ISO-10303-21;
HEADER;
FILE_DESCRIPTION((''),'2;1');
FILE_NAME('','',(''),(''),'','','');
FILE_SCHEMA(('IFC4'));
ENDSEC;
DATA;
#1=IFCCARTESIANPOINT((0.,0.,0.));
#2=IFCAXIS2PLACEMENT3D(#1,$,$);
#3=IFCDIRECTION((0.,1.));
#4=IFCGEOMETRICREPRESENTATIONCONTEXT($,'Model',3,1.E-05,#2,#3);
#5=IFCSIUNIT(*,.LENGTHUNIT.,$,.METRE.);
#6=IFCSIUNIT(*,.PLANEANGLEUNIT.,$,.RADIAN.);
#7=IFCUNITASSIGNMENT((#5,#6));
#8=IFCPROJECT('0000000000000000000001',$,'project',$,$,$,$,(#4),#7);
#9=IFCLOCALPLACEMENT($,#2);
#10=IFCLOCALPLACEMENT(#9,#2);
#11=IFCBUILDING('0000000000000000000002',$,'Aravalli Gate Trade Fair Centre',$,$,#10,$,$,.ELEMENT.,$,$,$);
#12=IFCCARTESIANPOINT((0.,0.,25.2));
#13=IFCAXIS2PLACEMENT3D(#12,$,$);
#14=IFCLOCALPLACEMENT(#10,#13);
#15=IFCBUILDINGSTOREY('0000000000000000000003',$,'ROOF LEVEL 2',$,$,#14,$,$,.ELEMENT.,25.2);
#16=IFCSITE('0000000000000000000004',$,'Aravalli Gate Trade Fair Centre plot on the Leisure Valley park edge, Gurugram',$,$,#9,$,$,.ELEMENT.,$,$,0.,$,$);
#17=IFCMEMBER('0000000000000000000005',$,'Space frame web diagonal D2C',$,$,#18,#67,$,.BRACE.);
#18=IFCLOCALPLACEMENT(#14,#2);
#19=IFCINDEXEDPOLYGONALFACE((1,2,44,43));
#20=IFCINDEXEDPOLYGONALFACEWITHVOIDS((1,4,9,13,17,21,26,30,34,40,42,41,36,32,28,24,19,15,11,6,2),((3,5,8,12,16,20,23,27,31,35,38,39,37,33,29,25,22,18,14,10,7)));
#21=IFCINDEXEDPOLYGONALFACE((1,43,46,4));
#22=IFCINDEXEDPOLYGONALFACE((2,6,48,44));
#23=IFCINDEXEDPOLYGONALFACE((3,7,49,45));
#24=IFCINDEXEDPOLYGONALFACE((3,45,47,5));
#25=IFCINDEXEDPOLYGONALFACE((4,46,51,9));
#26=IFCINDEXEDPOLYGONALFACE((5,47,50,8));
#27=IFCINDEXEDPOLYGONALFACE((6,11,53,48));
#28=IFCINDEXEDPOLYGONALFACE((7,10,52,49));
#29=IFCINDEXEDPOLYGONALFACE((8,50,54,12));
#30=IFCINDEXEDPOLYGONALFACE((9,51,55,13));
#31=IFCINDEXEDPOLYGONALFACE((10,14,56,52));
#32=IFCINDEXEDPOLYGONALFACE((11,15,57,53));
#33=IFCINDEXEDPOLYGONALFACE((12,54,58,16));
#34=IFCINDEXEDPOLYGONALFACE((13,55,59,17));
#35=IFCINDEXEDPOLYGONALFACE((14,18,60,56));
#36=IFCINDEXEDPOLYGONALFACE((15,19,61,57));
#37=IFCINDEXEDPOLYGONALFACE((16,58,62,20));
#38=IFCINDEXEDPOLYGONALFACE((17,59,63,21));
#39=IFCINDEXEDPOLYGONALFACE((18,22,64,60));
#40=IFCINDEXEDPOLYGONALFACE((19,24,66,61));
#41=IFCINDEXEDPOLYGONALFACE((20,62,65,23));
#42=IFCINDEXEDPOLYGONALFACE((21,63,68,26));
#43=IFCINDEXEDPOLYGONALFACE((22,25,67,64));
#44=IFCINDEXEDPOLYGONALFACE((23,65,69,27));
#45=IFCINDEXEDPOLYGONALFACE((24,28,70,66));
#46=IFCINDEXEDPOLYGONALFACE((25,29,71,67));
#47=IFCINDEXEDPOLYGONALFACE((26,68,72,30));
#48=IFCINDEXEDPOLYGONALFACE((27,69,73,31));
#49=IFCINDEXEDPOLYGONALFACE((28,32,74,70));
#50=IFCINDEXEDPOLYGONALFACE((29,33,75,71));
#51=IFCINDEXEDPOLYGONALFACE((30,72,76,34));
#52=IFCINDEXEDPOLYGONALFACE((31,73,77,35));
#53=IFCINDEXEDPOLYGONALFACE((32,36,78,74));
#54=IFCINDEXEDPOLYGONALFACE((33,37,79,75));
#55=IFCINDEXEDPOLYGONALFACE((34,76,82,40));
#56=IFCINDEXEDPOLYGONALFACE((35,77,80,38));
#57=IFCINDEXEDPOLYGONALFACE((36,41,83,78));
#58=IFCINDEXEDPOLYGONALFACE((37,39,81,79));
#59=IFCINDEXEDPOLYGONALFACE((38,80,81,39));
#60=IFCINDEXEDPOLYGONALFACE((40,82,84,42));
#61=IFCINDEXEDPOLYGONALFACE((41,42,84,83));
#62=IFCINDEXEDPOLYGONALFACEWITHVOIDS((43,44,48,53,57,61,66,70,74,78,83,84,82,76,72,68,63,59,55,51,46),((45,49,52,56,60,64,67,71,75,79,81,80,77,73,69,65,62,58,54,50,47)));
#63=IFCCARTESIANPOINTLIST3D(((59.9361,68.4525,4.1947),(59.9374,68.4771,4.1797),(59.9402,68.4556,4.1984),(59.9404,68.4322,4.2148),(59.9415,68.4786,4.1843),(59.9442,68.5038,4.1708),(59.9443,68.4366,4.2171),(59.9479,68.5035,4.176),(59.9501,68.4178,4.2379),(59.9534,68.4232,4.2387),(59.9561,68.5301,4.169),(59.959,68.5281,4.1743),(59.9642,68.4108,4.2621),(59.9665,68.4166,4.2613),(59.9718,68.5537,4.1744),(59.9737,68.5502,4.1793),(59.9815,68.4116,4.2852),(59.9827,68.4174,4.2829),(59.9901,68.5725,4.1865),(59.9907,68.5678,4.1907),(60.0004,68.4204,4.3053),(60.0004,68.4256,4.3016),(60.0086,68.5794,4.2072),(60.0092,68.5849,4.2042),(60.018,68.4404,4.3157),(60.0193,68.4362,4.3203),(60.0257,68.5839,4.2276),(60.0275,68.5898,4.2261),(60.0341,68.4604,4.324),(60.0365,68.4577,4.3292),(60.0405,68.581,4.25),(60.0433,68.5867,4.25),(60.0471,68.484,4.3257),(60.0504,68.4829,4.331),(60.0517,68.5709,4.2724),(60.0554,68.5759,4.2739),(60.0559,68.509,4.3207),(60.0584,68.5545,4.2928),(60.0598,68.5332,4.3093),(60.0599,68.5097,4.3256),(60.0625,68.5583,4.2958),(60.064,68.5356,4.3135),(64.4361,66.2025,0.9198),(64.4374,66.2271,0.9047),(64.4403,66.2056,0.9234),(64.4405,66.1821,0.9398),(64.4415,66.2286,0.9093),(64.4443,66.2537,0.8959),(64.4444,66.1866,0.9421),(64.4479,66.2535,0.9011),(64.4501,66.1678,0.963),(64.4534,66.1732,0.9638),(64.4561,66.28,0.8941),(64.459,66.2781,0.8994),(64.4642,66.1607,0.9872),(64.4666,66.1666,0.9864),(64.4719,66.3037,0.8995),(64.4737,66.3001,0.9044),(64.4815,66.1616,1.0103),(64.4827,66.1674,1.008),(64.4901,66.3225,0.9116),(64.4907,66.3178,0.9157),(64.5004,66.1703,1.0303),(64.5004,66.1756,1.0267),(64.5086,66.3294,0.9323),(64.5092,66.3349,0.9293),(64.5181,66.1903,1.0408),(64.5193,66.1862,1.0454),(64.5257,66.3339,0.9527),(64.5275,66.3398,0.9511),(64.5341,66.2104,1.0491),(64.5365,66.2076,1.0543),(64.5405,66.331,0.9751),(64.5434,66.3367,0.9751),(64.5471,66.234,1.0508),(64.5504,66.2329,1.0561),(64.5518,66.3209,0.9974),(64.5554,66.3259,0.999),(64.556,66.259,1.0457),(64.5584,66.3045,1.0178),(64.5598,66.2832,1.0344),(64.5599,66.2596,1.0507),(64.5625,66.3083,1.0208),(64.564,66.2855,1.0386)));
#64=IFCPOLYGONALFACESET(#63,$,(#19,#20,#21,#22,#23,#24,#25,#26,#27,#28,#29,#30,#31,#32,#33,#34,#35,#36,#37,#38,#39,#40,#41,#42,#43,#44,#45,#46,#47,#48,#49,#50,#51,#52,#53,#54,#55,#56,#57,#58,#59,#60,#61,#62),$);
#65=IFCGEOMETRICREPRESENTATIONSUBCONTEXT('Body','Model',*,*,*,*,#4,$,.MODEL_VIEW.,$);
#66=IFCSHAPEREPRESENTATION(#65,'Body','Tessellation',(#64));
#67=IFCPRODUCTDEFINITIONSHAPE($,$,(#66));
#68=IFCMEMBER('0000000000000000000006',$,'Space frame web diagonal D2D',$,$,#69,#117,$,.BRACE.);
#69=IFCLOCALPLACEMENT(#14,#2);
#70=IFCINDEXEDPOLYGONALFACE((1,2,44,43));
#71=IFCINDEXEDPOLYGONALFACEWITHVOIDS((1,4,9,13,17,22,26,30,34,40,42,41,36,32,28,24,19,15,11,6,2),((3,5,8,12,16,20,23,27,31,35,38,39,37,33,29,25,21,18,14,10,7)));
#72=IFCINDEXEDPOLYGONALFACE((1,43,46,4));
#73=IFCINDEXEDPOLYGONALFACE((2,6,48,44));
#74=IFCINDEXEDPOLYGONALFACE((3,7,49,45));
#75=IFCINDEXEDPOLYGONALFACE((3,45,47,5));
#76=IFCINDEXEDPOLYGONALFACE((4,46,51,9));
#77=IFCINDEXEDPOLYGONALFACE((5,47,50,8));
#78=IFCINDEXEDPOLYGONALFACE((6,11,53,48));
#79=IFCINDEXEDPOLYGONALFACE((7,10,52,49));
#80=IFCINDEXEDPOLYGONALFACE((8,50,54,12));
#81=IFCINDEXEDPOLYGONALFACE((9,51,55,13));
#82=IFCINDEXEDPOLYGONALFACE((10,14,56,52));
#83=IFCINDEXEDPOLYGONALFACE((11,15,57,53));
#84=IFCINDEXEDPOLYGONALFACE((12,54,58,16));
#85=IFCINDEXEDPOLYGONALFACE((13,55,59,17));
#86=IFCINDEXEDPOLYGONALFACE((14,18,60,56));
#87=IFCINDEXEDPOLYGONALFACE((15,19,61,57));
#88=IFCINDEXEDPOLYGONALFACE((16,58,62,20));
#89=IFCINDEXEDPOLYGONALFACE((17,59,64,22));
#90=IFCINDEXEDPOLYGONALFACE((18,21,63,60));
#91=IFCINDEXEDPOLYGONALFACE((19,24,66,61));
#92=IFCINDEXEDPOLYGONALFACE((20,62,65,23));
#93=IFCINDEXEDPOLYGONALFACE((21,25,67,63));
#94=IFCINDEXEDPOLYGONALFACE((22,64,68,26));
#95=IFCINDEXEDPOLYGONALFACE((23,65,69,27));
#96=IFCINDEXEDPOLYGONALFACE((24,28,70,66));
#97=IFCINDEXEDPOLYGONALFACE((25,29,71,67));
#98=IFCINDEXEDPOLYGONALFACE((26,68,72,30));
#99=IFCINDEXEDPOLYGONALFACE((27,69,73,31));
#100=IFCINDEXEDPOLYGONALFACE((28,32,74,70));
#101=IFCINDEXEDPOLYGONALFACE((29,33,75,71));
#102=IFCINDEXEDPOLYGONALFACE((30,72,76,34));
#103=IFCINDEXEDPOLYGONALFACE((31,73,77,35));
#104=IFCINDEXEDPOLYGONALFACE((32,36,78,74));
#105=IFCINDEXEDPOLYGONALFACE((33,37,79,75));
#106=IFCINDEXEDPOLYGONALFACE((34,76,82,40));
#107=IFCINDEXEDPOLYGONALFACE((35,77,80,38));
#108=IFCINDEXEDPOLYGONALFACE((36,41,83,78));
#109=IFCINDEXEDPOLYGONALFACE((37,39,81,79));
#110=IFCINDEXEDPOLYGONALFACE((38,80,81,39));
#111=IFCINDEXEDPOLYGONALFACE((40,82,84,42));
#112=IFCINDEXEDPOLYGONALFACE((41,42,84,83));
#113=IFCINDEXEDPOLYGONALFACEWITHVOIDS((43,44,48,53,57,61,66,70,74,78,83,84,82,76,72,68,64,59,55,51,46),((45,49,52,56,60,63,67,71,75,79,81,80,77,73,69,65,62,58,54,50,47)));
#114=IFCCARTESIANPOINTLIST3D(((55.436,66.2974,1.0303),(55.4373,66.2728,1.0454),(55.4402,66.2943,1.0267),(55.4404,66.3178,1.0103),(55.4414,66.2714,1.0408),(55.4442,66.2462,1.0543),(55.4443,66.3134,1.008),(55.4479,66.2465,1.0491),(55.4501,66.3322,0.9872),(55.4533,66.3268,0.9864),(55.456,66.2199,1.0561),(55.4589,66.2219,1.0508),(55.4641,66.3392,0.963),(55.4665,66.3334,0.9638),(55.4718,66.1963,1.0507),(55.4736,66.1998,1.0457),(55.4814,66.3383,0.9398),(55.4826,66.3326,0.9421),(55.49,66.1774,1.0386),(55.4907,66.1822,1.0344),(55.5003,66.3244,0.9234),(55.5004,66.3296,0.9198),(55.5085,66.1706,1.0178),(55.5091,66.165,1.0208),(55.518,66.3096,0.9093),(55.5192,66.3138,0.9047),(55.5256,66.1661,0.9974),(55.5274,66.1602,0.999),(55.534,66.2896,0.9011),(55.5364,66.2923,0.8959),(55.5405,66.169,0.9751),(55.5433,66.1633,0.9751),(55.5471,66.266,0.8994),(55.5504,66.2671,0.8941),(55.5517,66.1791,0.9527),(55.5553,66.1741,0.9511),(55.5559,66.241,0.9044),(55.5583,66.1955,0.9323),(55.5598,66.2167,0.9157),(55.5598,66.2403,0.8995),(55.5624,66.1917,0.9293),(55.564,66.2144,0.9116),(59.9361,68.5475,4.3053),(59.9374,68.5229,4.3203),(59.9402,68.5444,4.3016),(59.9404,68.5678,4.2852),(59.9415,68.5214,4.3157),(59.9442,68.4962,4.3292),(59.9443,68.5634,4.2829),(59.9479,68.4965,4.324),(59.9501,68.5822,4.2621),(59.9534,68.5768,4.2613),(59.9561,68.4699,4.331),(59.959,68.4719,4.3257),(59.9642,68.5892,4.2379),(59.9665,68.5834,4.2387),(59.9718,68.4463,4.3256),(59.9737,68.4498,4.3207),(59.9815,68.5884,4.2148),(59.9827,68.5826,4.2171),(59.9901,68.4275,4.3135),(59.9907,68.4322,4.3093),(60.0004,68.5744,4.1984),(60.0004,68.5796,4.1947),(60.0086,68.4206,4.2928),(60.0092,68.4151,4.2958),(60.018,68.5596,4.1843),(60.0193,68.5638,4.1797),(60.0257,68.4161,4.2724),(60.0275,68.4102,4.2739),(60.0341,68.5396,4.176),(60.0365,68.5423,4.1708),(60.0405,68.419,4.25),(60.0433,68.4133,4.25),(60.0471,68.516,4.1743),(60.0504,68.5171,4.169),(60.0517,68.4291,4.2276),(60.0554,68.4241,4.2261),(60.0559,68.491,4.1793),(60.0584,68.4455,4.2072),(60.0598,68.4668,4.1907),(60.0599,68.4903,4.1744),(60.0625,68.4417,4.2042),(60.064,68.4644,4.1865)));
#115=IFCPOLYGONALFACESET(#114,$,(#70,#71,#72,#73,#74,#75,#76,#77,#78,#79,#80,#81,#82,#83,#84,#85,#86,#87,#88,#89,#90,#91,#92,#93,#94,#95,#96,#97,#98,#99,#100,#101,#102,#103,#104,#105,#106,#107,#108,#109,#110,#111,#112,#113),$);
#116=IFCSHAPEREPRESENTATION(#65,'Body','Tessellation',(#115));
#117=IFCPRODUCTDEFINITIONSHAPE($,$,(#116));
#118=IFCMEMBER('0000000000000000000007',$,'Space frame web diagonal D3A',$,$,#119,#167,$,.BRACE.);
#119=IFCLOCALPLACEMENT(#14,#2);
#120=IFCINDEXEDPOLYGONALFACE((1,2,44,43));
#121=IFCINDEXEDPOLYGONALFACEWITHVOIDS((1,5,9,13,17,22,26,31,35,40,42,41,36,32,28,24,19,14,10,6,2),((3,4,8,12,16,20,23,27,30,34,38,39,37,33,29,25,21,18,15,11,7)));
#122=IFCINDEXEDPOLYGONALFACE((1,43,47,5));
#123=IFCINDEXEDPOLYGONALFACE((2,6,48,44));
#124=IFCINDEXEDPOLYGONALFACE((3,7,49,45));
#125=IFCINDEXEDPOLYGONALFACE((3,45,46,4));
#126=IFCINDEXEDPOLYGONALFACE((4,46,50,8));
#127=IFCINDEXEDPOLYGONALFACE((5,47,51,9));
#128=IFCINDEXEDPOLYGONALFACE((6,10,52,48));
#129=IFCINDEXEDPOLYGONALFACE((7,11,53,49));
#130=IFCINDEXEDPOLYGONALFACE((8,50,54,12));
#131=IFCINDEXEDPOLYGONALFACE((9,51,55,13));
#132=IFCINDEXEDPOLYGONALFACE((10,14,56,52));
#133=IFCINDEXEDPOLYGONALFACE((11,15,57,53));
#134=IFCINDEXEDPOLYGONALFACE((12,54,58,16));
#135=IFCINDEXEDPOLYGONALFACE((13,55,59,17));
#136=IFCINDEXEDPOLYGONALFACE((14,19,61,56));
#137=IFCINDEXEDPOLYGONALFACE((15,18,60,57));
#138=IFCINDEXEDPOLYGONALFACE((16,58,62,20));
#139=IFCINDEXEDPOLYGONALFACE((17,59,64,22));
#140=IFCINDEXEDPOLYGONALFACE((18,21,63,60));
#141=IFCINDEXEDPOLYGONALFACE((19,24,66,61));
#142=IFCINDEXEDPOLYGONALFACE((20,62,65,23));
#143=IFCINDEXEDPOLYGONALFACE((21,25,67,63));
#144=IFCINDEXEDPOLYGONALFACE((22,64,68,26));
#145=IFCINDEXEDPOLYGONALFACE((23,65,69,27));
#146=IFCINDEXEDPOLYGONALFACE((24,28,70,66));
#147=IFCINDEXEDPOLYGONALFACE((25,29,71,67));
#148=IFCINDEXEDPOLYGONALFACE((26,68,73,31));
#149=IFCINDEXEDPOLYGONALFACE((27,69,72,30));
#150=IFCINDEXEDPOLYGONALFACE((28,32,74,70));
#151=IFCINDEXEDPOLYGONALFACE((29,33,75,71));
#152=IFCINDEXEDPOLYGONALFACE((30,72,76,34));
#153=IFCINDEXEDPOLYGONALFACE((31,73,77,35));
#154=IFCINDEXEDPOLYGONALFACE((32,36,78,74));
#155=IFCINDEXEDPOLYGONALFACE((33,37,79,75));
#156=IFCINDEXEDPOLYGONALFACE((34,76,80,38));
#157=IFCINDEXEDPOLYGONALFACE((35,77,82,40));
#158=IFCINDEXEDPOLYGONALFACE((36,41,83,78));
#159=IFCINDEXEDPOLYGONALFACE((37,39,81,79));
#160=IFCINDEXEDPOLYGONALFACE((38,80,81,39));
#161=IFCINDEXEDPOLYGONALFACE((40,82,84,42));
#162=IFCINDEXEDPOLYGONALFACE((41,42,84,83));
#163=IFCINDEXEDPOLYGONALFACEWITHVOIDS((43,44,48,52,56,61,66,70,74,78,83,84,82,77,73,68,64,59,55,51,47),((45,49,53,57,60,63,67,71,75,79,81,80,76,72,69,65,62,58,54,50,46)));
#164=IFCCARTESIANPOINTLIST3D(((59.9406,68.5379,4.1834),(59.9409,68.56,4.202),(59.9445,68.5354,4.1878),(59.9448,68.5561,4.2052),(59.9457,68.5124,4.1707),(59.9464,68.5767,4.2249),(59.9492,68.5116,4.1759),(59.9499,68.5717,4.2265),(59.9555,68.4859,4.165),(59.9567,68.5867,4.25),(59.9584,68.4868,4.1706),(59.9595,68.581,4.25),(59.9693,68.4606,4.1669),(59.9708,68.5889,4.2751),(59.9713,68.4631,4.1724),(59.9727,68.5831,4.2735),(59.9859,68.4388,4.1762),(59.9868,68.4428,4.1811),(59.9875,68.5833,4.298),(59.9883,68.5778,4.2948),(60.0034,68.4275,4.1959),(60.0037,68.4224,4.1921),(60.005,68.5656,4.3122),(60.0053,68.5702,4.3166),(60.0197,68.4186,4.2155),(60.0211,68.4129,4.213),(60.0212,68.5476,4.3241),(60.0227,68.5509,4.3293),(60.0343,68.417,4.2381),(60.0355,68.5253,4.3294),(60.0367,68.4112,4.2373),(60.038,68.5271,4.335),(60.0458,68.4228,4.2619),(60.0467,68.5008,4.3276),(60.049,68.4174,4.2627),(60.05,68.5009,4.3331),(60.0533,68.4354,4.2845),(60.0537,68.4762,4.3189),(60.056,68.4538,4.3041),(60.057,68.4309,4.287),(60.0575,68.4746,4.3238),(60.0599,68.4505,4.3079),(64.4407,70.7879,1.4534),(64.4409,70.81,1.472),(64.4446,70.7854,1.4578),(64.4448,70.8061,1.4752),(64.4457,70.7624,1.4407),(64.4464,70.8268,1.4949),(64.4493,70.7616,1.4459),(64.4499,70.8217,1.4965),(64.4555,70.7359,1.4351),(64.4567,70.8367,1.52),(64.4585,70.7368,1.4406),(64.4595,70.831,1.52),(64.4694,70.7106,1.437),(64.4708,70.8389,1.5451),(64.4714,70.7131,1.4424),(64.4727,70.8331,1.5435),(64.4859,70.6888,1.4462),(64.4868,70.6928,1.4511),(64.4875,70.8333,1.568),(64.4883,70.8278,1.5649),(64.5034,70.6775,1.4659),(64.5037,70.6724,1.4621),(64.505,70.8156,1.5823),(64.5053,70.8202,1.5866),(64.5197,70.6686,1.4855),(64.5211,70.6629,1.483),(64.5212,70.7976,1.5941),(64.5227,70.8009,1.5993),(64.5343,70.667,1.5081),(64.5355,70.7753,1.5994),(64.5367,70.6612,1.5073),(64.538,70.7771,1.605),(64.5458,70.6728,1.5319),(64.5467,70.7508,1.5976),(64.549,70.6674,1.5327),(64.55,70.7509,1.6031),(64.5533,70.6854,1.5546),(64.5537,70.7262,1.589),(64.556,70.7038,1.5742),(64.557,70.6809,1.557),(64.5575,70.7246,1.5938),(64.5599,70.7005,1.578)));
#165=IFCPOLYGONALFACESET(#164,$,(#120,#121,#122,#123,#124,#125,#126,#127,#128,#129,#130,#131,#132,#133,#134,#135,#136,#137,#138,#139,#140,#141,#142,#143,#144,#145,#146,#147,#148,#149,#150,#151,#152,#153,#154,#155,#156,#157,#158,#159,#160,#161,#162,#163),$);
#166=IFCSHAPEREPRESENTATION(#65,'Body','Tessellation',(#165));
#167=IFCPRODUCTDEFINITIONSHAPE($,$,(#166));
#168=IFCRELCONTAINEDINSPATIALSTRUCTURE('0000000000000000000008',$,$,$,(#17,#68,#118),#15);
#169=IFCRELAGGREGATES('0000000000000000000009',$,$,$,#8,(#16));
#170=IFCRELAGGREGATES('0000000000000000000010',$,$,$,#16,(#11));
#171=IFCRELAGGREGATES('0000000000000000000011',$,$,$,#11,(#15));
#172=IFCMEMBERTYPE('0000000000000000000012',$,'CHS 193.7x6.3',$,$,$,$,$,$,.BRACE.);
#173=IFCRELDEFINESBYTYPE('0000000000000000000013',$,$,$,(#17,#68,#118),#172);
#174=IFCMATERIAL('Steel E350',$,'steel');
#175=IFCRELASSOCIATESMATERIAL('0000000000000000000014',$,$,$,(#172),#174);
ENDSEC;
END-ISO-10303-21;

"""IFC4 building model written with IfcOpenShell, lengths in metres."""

from ifc_helpers import new_model, si_unit, direction, frame, origin, origin_2d, place, context, subcontext, project, spatial, hollow_circle, extrude, material, material_profile, profile_set, type_object, element, save


model = new_model("IFC4")

# Units and contexts
model_context = context("Model", 3, precision=1e-05, world=origin(), true_north=direction((0.0, 1.0)))
body_context = subcontext(model_context, "Body", "Model", "MODEL_VIEW")
ifc_project = project(units=[si_unit("LENGTHUNIT", "METRE"), si_unit("PLANEANGLEUNIT", "RADIAN")], contexts=[model_context])

# Site, building, storey
site_placement = place(None, origin())
site = spatial("IfcSite", under=ifc_project, at=site_placement, Name="Aravalli Gate Trade Fair Centre plot on the Leisure Valley park edge, Gurugram", CompositionType="ELEMENT", RefElevation=0.0)
building_placement = place(site_placement, origin())
building = spatial("IfcBuilding", under=site, at=building_placement, Name="Aravalli Gate Trade Fair Centre", CompositionType="ELEMENT")
storey_placement = place(building_placement, frame((0.0, 0.0, 25.2)))
storey = spatial("IfcBuildingStorey", under=building, at=storey_placement, Name="ROOF LEVEL 2", CompositionType="ELEMENT", Elevation=25.2)

# Members
ifc_material = material(Name="Steel E350", Category="steel")
ifc_material_profile_1 = material_profile(ifc_material, hollow_circle(Radius=0.0969, WallThickness=0.0063, at=origin_2d()), Name="CHS 193.7x6.3")
ifc_profile_set_1 = profile_set([ifc_material_profile_1], Name="Steel E350")
member_type_1 = type_object("IfcMemberType", Name="CHS 193.7x6.3", PredefinedType="BRACE", material=ifc_profile_set_1)
for number, where, z_axis, x_axis, name in (
    (1, (60.0, 68.5, 4.25), (0.74961, -0.374805, -0.545533), (0.447214, 0.894427, 0.0), "Space frame web diagonal D2C"),
    (2, (60.0, 68.5, 4.25), (-0.74961, -0.374805, -0.545533), (0.447214, -0.894427, 0.0), "Space frame web diagonal D2D"),
):
    element("IfcMember", number, at=place(storey_placement, frame(where, z_axis=z_axis, x_axis=x_axis)), inside=storey, type_object=member_type_1, Name=name, PredefinedType="BRACE", context=body_context, shape_type="SweptSolid", body=[
        extrude(hollow_circle(Radius=0.0969, WallThickness=0.0063, at=origin_2d()), origin(), (0.0, 0.0, 1.0), 6.0032),
    ])
member_1_placement = place(storey_placement, frame((60.0, 68.5, 4.25), z_axis=(0.78615, 0.393075, -0.476928), x_axis=(-0.447214, 0.894427, 0.0)))
element("IfcMember", 3, at=member_1_placement, inside=storey, type_object=member_type_1, Name="Space frame web diagonal D3A", PredefinedType="BRACE", context=body_context, shape_type="SweptSolid", body=[
    extrude(hollow_circle(Radius=0.0969, WallThickness=0.0063, at=origin_2d()), origin(), (0.0, 0.0, 1.0), 5.7241),
])

save(model, "model.ifc")
